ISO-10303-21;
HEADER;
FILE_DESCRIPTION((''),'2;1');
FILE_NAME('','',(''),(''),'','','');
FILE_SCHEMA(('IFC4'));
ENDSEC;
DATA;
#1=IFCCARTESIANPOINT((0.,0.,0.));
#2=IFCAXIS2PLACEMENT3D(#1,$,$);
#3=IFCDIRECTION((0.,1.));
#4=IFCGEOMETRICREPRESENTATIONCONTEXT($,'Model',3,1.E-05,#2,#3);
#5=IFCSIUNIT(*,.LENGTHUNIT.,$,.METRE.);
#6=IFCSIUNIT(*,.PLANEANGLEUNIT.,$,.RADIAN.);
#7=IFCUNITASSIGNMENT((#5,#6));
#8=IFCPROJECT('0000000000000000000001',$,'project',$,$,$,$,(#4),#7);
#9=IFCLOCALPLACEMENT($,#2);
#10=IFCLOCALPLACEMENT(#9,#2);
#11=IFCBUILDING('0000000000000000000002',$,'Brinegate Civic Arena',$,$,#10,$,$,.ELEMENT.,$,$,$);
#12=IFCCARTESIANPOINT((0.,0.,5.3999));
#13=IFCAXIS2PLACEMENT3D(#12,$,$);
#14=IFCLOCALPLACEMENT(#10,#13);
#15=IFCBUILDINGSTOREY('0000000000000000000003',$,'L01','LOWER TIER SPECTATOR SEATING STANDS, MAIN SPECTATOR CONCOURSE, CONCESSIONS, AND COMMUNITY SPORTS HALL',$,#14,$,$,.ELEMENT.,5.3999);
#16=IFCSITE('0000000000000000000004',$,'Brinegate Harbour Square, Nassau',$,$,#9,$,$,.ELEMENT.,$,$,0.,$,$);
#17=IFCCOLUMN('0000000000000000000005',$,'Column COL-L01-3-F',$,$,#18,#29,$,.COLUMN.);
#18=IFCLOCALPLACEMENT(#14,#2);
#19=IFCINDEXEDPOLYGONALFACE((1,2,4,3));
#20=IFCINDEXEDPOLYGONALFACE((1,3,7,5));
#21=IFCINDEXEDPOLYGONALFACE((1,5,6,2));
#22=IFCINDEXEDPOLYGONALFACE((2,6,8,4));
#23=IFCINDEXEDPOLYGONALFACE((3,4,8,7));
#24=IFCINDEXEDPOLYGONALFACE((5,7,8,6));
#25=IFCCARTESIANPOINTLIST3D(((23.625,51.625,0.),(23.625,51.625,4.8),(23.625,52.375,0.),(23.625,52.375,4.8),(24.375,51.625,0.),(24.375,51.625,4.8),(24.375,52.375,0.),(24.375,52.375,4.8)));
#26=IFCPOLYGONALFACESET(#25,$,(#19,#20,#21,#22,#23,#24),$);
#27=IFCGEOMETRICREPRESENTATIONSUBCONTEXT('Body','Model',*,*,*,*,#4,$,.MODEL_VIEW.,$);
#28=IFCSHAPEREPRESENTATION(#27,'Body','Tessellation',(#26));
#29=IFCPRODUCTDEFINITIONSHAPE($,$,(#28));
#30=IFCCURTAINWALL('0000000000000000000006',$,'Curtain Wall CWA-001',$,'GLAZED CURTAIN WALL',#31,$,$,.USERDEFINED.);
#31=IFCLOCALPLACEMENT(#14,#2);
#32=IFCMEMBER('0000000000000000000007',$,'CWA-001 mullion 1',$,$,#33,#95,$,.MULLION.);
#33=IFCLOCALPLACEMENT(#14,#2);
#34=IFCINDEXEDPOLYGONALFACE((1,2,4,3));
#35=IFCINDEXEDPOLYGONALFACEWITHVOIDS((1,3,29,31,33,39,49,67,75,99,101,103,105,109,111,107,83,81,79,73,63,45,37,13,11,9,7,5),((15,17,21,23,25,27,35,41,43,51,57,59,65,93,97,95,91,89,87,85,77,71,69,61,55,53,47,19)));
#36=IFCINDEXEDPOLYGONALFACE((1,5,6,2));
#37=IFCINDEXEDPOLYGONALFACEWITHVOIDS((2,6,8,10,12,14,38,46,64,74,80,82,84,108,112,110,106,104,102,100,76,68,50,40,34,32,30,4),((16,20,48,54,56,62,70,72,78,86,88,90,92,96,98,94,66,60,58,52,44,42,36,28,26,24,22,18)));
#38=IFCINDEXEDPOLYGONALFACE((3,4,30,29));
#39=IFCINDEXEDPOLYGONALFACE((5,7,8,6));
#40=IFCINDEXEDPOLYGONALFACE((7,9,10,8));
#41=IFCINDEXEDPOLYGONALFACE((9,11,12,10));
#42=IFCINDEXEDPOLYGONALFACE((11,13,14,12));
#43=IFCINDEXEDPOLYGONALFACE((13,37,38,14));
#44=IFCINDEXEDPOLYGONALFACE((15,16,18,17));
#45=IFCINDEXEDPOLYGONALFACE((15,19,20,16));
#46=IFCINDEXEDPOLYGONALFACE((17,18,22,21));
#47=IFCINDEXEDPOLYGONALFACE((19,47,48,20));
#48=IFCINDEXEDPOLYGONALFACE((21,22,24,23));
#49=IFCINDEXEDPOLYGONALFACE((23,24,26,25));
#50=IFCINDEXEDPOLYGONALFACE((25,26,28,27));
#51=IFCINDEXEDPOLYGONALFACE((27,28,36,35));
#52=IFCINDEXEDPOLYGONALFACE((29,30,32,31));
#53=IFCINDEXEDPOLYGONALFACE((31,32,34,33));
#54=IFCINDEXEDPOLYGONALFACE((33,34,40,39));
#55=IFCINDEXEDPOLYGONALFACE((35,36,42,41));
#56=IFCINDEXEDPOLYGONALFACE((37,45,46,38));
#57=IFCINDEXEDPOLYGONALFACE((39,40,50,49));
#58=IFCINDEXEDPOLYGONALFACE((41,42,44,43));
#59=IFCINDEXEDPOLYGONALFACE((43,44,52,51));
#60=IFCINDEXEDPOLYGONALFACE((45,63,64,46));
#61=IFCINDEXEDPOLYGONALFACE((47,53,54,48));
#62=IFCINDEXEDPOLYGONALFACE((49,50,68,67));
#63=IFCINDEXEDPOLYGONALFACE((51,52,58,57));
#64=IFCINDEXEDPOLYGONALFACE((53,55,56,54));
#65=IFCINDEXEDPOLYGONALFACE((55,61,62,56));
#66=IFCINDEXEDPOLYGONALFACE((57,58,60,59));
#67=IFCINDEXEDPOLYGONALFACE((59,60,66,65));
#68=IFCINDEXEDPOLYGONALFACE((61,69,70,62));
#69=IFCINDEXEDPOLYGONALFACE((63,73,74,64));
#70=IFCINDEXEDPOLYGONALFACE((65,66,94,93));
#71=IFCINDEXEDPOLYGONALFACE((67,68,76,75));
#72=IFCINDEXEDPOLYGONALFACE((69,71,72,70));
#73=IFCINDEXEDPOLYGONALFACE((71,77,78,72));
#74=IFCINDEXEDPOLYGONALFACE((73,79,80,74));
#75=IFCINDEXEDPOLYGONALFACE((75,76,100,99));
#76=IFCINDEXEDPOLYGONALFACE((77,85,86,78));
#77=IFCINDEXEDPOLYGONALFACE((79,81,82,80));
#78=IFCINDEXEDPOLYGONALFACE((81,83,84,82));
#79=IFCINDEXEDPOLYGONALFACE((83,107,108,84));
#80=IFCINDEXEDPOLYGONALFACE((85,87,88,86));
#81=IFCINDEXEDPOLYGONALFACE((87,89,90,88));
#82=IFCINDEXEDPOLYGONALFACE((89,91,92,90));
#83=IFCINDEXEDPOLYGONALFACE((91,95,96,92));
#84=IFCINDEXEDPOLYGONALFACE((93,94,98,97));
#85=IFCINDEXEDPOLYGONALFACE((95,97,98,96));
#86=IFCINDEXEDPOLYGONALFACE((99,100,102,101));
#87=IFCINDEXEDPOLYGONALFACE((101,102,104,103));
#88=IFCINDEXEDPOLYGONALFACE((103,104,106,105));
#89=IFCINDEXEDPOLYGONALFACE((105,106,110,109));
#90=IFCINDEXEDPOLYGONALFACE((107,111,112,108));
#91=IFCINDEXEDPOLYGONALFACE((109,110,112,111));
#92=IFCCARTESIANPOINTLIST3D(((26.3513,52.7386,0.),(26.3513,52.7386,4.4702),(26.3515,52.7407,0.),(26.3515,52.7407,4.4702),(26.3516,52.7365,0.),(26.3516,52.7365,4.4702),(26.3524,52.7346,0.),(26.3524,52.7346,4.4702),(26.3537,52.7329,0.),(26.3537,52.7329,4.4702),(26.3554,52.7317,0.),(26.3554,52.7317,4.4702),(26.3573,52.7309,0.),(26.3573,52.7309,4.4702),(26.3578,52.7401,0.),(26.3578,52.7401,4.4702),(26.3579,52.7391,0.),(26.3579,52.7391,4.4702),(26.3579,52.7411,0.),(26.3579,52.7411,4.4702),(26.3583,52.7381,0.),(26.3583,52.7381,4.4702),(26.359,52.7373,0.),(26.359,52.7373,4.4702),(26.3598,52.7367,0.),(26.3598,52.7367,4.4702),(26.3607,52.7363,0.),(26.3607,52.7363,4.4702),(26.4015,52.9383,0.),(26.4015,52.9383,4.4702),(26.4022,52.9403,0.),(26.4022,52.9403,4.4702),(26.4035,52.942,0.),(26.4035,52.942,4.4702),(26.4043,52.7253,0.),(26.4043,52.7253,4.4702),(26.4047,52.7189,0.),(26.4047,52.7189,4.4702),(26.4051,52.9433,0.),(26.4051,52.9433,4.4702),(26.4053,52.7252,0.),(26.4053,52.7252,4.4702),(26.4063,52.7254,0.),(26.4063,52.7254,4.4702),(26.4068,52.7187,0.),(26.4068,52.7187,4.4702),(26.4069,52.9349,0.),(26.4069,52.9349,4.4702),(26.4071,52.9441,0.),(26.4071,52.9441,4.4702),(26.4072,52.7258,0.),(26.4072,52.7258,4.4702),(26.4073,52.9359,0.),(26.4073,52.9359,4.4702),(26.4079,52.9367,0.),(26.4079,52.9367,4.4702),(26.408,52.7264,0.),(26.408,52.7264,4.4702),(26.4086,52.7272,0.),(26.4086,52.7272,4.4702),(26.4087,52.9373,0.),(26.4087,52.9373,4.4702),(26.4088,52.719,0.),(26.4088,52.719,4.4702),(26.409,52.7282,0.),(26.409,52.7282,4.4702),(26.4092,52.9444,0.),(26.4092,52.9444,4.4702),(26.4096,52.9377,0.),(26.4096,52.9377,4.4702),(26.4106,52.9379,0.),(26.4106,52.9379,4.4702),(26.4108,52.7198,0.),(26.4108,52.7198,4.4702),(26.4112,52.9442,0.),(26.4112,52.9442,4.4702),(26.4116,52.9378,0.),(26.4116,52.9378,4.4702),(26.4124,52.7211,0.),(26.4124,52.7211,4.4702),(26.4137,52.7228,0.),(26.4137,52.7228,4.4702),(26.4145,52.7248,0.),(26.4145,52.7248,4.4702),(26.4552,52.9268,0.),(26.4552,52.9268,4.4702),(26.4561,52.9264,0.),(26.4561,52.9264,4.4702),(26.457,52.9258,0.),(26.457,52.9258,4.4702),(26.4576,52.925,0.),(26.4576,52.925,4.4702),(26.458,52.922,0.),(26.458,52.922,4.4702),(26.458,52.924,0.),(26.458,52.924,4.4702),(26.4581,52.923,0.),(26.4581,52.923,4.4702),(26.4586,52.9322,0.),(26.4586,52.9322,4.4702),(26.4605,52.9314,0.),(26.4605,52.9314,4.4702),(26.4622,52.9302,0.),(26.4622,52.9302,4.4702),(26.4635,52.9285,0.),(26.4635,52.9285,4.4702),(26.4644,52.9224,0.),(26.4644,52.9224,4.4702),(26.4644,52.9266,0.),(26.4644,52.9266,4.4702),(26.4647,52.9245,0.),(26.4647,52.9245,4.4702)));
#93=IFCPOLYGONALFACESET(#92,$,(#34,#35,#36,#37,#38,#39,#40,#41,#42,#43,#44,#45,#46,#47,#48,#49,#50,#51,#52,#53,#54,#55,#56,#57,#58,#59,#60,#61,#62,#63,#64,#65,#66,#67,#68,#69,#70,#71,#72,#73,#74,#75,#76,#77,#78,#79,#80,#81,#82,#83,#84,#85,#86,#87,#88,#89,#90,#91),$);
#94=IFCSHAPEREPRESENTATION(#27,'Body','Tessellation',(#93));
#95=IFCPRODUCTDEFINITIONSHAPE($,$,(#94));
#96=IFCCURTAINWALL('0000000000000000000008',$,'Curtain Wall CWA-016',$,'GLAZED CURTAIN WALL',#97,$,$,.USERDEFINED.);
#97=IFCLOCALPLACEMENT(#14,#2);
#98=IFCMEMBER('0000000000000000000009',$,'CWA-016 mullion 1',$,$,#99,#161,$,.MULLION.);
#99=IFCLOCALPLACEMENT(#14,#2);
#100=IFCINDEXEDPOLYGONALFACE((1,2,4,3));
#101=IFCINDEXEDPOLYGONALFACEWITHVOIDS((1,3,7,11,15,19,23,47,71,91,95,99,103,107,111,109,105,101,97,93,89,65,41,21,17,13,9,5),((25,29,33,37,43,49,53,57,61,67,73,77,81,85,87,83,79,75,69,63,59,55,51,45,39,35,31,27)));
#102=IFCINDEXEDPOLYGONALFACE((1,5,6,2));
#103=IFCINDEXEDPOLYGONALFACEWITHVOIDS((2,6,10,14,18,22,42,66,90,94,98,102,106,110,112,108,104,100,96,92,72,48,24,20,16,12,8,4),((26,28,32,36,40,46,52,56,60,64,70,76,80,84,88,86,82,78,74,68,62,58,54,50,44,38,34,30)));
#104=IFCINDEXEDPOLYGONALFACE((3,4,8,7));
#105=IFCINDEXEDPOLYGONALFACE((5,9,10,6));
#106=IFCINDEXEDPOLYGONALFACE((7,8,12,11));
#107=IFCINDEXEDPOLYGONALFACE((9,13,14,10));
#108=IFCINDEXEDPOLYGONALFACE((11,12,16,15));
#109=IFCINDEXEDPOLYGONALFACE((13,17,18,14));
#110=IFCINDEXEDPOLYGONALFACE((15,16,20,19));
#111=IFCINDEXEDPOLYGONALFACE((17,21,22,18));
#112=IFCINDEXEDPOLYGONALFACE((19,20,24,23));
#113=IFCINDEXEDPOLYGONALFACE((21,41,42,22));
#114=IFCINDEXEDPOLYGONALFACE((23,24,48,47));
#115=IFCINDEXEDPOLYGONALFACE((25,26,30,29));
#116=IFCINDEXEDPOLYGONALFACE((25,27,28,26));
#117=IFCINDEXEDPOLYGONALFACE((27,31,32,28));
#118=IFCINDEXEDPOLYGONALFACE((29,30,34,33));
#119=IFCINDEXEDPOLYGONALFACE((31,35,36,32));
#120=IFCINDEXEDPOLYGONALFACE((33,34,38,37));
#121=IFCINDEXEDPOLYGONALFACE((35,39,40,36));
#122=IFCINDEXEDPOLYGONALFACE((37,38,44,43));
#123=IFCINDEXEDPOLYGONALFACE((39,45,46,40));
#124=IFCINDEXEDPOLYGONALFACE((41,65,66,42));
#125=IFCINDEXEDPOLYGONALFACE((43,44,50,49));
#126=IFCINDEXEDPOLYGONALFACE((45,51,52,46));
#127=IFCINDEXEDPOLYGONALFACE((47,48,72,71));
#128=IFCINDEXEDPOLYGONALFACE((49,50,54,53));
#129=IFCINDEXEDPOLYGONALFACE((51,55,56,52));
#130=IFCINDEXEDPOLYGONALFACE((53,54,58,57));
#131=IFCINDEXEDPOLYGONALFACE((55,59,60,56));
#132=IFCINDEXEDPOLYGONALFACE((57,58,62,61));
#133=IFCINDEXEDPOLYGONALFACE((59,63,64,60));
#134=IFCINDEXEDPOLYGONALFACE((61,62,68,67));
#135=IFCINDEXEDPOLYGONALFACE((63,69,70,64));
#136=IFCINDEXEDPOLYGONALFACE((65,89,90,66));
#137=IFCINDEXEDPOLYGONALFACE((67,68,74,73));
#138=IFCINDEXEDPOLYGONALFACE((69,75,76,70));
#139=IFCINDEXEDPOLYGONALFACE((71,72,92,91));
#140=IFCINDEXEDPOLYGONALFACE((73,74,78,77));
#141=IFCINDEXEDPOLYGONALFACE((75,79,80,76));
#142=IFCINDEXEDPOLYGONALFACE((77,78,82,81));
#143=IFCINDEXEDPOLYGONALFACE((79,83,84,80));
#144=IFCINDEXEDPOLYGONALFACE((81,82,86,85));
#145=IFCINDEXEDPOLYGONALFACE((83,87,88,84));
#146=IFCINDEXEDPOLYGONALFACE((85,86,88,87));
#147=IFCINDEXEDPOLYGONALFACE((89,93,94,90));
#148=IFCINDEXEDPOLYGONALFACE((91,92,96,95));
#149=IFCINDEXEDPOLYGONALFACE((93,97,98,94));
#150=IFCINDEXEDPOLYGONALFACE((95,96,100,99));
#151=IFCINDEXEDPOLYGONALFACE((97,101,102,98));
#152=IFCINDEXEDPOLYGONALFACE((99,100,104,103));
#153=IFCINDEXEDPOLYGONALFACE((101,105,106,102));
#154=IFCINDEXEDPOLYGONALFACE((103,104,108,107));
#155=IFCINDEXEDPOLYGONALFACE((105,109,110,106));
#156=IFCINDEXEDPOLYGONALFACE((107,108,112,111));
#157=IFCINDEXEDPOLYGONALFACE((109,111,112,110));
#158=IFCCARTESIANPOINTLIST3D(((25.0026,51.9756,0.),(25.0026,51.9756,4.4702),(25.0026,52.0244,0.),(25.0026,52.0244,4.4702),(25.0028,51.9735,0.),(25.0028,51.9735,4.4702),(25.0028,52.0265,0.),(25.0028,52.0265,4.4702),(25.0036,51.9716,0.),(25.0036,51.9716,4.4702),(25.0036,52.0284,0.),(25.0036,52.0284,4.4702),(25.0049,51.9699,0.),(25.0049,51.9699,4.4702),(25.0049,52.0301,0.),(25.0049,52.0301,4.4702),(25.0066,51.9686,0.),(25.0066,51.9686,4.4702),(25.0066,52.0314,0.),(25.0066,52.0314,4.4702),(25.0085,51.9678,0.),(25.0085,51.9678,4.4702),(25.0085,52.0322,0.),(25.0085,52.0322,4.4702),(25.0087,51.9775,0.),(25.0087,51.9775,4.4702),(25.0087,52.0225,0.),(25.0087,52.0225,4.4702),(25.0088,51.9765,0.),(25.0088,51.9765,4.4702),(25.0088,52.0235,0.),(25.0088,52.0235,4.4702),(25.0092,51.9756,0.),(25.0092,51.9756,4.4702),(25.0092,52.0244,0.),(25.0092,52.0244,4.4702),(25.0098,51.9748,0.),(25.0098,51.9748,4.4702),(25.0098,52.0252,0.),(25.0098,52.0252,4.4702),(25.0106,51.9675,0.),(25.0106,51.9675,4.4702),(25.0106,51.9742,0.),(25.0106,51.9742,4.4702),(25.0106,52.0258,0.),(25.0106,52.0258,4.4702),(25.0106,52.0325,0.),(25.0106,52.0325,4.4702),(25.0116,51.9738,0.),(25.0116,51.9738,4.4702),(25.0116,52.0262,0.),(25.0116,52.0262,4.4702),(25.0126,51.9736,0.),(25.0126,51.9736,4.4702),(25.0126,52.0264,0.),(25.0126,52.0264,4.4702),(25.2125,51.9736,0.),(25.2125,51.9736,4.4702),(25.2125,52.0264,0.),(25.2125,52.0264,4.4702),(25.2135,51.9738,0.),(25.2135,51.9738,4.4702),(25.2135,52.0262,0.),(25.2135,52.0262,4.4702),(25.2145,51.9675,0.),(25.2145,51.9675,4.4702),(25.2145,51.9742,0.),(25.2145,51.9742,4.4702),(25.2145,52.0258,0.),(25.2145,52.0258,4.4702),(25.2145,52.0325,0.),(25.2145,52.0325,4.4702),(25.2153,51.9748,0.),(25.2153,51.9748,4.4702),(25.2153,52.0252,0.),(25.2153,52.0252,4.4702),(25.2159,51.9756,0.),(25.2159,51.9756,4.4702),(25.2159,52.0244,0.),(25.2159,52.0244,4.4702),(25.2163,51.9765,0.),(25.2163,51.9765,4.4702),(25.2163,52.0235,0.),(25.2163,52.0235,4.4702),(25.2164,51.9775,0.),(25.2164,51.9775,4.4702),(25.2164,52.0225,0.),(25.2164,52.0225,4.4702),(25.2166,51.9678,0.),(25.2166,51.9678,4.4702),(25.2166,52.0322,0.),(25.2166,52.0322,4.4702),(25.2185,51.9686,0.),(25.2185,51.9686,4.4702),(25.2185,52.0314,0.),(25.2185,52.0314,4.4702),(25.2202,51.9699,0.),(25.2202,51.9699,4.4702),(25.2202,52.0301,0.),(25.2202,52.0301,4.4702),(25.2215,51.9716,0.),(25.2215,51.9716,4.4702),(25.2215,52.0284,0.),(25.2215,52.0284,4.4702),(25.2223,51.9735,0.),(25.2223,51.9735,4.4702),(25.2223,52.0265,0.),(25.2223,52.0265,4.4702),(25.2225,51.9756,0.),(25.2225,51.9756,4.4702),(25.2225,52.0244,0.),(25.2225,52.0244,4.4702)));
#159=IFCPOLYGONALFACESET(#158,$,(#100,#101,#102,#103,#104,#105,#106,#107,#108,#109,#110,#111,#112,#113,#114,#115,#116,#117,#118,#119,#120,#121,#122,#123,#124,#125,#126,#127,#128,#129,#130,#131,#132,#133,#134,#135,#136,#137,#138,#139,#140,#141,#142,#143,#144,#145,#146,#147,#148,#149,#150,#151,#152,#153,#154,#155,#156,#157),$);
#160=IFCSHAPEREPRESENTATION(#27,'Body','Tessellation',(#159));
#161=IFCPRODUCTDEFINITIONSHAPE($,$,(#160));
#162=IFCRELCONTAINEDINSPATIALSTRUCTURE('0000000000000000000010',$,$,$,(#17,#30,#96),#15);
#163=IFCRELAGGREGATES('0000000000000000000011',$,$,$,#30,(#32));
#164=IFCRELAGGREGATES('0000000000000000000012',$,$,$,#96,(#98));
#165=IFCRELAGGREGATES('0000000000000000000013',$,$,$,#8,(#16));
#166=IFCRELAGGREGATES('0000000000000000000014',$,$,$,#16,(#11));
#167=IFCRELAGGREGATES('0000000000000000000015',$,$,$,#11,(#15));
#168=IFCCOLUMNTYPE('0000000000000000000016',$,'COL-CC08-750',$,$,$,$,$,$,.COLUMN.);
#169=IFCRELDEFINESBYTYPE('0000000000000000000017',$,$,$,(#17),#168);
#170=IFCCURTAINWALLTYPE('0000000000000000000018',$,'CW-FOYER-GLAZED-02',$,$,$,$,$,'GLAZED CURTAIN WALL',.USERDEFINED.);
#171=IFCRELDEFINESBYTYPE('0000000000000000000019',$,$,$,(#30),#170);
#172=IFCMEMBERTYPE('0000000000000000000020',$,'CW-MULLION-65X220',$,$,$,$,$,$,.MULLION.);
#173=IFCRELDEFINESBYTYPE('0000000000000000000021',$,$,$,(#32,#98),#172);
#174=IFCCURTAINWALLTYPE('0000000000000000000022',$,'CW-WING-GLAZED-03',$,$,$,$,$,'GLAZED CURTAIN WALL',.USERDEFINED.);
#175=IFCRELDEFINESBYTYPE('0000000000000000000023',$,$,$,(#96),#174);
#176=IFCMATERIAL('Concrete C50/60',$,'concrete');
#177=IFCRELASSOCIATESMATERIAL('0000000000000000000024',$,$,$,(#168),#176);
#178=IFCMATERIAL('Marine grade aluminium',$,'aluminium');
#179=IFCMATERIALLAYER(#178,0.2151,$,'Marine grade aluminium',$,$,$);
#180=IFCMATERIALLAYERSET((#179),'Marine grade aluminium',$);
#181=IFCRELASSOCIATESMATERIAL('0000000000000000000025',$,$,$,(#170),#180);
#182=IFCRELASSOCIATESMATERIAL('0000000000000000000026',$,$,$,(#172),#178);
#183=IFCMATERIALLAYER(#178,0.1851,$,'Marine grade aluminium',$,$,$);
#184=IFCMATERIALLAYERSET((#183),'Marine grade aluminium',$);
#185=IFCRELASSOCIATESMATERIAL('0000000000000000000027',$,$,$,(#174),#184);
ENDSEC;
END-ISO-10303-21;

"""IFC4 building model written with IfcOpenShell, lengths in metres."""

from ifc_helpers import new_model, si_unit, direction, frame, origin, origin_2d, place, context, subcontext, project, spatial, rectangle, hollow_rectangle, extrude, material, layer, layer_set, material_profile, profile_set, type_object, element, aggregate, save


model = new_model("IFC4")

# Units and contexts
model_context = context("Model", 3, precision=1e-05, world=origin(), true_north=direction((0.0, 1.0)))
body_context = subcontext(model_context, "Body", "Model", "MODEL_VIEW")
ifc_project = project(units=[si_unit("LENGTHUNIT", "METRE"), si_unit("PLANEANGLEUNIT", "RADIAN")], contexts=[model_context])

# Site, building, storey
site_placement = place(None, origin())
site = spatial("IfcSite", under=ifc_project, at=site_placement, Name="Brinegate Harbour Square, Nassau", CompositionType="ELEMENT", RefElevation=0.0)
building_placement = place(site_placement, origin())
building = spatial("IfcBuilding", under=site, at=building_placement, Name="Brinegate Civic Arena", CompositionType="ELEMENT")
storey_placement = place(building_placement, frame((0.0, 0.0, 5.3999)))
storey = spatial("IfcBuildingStorey", under=building, at=storey_placement, Name="L01", Description="LOWER TIER SPECTATOR SEATING STANDS, MAIN SPECTATOR CONCOURSE, CONCESSIONS, AND COMMUNITY SPORTS HALL", CompositionType="ELEMENT", Elevation=5.3999)

# Column
ifc_material_1 = material(Name="Concrete C50/60", Category="concrete")
ifc_material_profile_1 = material_profile(ifc_material_1, rectangle(XDim=0.75, YDim=0.75, at=origin_2d()), Name="RC750X750")
ifc_profile_set_1 = profile_set([ifc_material_profile_1], Name="Concrete C50/60")
column_type = type_object("IfcColumnType", Name="COL-CC08-750", PredefinedType="COLUMN", material=ifc_profile_set_1)
column_placement = place(storey_placement, frame((24.0, 52.0, 0.0), z_axis=(0.0, 0.0, 1.0), x_axis=(1.0, 0.0, 0.0)))
element("IfcColumn", 1, at=column_placement, inside=storey, type_object=column_type, Name="Column COL-L01-3-F", PredefinedType="COLUMN", context=body_context, shape_type="SweptSolid", body=[
    extrude(rectangle(XDim=0.75, YDim=0.75, at=origin_2d()), origin(), (0.0, 0.0, 1.0), 4.8),
])

# Curtain wall, member
ifc_material_2 = material(Name="Marine grade aluminium", Category="aluminium")
ifc_layer_1 = layer(ifc_material_2, 0.2151, Name="Marine grade aluminium")
ifc_layer_set_1 = layer_set([ifc_layer_1], Name="Marine grade aluminium")
curtain_wall_type_1 = type_object("IfcCurtainWallType", Name="CW-FOYER-GLAZED-02", ElementType="GLAZED CURTAIN WALL", PredefinedType="USERDEFINED", material=ifc_layer_set_1)
curtain_wall_1_placement = place(storey_placement, origin())
curtain_wall_1 = element("IfcCurtainWall", 2, at=curtain_wall_1_placement, inside=storey, type_object=curtain_wall_type_1, Name="Curtain Wall CWA-001", ObjectType="GLAZED CURTAIN WALL", PredefinedType="USERDEFINED")
ifc_material_profile_2 = material_profile(ifc_material_2, hollow_rectangle(XDim=0.0649, YDim=0.22, WallThickness=0.0061, InnerFilletRadius=0.0039, OuterFilletRadius=0.0081, at=origin_2d()), Name="MUL65X220")
ifc_profile_set_2 = profile_set([ifc_material_profile_2], Name="Marine grade aluminium")
member_type_1 = type_object("IfcMemberType", Name="CW-MULLION-65X220", PredefinedType="MULLION", material=ifc_profile_set_2)
member_1_placement = place(storey_placement, frame((26.408, 52.8315, 0.0), z_axis=(0.0, 0.0, 1.0), x_axis=(-0.969513, 0.245042, 0.0)))
member_1 = element("IfcMember", 3, at=member_1_placement, type_object=member_type_1, Name="CWA-001 mullion 1", PredefinedType="MULLION", context=body_context, shape_type="SweptSolid", body=[
    extrude(hollow_rectangle(XDim=0.0649, YDim=0.22, WallThickness=0.0061, InnerFilletRadius=0.0039, OuterFilletRadius=0.0081, at=origin_2d()), origin(), (0.0, 0.0, 1.0), 4.4702),
])

# Curtain wall, member
ifc_layer_2 = layer(ifc_material_2, 0.1851, Name="Marine grade aluminium")
ifc_layer_set_2 = layer_set([ifc_layer_2], Name="Marine grade aluminium")
curtain_wall_type_2 = type_object("IfcCurtainWallType", Name="CW-WING-GLAZED-03", ElementType="GLAZED CURTAIN WALL", PredefinedType="USERDEFINED", material=ifc_layer_set_2)
curtain_wall_2_placement = place(storey_placement, origin())
curtain_wall_2 = element("IfcCurtainWall", 4, at=curtain_wall_2_placement, inside=storey, type_object=curtain_wall_type_2, Name="Curtain Wall CWA-016", ObjectType="GLAZED CURTAIN WALL", PredefinedType="USERDEFINED")
member_2_placement = place(storey_placement, frame((25.1125, 52.0, 0.0), z_axis=(0.0, 0.0, 1.0), x_axis=(0.0, 1.0, 0.0)))
member_2 = element("IfcMember", 5, at=member_2_placement, type_object=member_type_1, Name="CWA-016 mullion 1", PredefinedType="MULLION", context=body_context, shape_type="SweptSolid", body=[
    extrude(hollow_rectangle(XDim=0.0649, YDim=0.22, WallThickness=0.0061, InnerFilletRadius=0.0039, OuterFilletRadius=0.0081, at=origin_2d()), origin(), (0.0, 0.0, 1.0), 4.4702),
])

aggregate(curtain_wall_1, [member_1])
aggregate(curtain_wall_2, [member_2])

save(model, "model.ifc")
